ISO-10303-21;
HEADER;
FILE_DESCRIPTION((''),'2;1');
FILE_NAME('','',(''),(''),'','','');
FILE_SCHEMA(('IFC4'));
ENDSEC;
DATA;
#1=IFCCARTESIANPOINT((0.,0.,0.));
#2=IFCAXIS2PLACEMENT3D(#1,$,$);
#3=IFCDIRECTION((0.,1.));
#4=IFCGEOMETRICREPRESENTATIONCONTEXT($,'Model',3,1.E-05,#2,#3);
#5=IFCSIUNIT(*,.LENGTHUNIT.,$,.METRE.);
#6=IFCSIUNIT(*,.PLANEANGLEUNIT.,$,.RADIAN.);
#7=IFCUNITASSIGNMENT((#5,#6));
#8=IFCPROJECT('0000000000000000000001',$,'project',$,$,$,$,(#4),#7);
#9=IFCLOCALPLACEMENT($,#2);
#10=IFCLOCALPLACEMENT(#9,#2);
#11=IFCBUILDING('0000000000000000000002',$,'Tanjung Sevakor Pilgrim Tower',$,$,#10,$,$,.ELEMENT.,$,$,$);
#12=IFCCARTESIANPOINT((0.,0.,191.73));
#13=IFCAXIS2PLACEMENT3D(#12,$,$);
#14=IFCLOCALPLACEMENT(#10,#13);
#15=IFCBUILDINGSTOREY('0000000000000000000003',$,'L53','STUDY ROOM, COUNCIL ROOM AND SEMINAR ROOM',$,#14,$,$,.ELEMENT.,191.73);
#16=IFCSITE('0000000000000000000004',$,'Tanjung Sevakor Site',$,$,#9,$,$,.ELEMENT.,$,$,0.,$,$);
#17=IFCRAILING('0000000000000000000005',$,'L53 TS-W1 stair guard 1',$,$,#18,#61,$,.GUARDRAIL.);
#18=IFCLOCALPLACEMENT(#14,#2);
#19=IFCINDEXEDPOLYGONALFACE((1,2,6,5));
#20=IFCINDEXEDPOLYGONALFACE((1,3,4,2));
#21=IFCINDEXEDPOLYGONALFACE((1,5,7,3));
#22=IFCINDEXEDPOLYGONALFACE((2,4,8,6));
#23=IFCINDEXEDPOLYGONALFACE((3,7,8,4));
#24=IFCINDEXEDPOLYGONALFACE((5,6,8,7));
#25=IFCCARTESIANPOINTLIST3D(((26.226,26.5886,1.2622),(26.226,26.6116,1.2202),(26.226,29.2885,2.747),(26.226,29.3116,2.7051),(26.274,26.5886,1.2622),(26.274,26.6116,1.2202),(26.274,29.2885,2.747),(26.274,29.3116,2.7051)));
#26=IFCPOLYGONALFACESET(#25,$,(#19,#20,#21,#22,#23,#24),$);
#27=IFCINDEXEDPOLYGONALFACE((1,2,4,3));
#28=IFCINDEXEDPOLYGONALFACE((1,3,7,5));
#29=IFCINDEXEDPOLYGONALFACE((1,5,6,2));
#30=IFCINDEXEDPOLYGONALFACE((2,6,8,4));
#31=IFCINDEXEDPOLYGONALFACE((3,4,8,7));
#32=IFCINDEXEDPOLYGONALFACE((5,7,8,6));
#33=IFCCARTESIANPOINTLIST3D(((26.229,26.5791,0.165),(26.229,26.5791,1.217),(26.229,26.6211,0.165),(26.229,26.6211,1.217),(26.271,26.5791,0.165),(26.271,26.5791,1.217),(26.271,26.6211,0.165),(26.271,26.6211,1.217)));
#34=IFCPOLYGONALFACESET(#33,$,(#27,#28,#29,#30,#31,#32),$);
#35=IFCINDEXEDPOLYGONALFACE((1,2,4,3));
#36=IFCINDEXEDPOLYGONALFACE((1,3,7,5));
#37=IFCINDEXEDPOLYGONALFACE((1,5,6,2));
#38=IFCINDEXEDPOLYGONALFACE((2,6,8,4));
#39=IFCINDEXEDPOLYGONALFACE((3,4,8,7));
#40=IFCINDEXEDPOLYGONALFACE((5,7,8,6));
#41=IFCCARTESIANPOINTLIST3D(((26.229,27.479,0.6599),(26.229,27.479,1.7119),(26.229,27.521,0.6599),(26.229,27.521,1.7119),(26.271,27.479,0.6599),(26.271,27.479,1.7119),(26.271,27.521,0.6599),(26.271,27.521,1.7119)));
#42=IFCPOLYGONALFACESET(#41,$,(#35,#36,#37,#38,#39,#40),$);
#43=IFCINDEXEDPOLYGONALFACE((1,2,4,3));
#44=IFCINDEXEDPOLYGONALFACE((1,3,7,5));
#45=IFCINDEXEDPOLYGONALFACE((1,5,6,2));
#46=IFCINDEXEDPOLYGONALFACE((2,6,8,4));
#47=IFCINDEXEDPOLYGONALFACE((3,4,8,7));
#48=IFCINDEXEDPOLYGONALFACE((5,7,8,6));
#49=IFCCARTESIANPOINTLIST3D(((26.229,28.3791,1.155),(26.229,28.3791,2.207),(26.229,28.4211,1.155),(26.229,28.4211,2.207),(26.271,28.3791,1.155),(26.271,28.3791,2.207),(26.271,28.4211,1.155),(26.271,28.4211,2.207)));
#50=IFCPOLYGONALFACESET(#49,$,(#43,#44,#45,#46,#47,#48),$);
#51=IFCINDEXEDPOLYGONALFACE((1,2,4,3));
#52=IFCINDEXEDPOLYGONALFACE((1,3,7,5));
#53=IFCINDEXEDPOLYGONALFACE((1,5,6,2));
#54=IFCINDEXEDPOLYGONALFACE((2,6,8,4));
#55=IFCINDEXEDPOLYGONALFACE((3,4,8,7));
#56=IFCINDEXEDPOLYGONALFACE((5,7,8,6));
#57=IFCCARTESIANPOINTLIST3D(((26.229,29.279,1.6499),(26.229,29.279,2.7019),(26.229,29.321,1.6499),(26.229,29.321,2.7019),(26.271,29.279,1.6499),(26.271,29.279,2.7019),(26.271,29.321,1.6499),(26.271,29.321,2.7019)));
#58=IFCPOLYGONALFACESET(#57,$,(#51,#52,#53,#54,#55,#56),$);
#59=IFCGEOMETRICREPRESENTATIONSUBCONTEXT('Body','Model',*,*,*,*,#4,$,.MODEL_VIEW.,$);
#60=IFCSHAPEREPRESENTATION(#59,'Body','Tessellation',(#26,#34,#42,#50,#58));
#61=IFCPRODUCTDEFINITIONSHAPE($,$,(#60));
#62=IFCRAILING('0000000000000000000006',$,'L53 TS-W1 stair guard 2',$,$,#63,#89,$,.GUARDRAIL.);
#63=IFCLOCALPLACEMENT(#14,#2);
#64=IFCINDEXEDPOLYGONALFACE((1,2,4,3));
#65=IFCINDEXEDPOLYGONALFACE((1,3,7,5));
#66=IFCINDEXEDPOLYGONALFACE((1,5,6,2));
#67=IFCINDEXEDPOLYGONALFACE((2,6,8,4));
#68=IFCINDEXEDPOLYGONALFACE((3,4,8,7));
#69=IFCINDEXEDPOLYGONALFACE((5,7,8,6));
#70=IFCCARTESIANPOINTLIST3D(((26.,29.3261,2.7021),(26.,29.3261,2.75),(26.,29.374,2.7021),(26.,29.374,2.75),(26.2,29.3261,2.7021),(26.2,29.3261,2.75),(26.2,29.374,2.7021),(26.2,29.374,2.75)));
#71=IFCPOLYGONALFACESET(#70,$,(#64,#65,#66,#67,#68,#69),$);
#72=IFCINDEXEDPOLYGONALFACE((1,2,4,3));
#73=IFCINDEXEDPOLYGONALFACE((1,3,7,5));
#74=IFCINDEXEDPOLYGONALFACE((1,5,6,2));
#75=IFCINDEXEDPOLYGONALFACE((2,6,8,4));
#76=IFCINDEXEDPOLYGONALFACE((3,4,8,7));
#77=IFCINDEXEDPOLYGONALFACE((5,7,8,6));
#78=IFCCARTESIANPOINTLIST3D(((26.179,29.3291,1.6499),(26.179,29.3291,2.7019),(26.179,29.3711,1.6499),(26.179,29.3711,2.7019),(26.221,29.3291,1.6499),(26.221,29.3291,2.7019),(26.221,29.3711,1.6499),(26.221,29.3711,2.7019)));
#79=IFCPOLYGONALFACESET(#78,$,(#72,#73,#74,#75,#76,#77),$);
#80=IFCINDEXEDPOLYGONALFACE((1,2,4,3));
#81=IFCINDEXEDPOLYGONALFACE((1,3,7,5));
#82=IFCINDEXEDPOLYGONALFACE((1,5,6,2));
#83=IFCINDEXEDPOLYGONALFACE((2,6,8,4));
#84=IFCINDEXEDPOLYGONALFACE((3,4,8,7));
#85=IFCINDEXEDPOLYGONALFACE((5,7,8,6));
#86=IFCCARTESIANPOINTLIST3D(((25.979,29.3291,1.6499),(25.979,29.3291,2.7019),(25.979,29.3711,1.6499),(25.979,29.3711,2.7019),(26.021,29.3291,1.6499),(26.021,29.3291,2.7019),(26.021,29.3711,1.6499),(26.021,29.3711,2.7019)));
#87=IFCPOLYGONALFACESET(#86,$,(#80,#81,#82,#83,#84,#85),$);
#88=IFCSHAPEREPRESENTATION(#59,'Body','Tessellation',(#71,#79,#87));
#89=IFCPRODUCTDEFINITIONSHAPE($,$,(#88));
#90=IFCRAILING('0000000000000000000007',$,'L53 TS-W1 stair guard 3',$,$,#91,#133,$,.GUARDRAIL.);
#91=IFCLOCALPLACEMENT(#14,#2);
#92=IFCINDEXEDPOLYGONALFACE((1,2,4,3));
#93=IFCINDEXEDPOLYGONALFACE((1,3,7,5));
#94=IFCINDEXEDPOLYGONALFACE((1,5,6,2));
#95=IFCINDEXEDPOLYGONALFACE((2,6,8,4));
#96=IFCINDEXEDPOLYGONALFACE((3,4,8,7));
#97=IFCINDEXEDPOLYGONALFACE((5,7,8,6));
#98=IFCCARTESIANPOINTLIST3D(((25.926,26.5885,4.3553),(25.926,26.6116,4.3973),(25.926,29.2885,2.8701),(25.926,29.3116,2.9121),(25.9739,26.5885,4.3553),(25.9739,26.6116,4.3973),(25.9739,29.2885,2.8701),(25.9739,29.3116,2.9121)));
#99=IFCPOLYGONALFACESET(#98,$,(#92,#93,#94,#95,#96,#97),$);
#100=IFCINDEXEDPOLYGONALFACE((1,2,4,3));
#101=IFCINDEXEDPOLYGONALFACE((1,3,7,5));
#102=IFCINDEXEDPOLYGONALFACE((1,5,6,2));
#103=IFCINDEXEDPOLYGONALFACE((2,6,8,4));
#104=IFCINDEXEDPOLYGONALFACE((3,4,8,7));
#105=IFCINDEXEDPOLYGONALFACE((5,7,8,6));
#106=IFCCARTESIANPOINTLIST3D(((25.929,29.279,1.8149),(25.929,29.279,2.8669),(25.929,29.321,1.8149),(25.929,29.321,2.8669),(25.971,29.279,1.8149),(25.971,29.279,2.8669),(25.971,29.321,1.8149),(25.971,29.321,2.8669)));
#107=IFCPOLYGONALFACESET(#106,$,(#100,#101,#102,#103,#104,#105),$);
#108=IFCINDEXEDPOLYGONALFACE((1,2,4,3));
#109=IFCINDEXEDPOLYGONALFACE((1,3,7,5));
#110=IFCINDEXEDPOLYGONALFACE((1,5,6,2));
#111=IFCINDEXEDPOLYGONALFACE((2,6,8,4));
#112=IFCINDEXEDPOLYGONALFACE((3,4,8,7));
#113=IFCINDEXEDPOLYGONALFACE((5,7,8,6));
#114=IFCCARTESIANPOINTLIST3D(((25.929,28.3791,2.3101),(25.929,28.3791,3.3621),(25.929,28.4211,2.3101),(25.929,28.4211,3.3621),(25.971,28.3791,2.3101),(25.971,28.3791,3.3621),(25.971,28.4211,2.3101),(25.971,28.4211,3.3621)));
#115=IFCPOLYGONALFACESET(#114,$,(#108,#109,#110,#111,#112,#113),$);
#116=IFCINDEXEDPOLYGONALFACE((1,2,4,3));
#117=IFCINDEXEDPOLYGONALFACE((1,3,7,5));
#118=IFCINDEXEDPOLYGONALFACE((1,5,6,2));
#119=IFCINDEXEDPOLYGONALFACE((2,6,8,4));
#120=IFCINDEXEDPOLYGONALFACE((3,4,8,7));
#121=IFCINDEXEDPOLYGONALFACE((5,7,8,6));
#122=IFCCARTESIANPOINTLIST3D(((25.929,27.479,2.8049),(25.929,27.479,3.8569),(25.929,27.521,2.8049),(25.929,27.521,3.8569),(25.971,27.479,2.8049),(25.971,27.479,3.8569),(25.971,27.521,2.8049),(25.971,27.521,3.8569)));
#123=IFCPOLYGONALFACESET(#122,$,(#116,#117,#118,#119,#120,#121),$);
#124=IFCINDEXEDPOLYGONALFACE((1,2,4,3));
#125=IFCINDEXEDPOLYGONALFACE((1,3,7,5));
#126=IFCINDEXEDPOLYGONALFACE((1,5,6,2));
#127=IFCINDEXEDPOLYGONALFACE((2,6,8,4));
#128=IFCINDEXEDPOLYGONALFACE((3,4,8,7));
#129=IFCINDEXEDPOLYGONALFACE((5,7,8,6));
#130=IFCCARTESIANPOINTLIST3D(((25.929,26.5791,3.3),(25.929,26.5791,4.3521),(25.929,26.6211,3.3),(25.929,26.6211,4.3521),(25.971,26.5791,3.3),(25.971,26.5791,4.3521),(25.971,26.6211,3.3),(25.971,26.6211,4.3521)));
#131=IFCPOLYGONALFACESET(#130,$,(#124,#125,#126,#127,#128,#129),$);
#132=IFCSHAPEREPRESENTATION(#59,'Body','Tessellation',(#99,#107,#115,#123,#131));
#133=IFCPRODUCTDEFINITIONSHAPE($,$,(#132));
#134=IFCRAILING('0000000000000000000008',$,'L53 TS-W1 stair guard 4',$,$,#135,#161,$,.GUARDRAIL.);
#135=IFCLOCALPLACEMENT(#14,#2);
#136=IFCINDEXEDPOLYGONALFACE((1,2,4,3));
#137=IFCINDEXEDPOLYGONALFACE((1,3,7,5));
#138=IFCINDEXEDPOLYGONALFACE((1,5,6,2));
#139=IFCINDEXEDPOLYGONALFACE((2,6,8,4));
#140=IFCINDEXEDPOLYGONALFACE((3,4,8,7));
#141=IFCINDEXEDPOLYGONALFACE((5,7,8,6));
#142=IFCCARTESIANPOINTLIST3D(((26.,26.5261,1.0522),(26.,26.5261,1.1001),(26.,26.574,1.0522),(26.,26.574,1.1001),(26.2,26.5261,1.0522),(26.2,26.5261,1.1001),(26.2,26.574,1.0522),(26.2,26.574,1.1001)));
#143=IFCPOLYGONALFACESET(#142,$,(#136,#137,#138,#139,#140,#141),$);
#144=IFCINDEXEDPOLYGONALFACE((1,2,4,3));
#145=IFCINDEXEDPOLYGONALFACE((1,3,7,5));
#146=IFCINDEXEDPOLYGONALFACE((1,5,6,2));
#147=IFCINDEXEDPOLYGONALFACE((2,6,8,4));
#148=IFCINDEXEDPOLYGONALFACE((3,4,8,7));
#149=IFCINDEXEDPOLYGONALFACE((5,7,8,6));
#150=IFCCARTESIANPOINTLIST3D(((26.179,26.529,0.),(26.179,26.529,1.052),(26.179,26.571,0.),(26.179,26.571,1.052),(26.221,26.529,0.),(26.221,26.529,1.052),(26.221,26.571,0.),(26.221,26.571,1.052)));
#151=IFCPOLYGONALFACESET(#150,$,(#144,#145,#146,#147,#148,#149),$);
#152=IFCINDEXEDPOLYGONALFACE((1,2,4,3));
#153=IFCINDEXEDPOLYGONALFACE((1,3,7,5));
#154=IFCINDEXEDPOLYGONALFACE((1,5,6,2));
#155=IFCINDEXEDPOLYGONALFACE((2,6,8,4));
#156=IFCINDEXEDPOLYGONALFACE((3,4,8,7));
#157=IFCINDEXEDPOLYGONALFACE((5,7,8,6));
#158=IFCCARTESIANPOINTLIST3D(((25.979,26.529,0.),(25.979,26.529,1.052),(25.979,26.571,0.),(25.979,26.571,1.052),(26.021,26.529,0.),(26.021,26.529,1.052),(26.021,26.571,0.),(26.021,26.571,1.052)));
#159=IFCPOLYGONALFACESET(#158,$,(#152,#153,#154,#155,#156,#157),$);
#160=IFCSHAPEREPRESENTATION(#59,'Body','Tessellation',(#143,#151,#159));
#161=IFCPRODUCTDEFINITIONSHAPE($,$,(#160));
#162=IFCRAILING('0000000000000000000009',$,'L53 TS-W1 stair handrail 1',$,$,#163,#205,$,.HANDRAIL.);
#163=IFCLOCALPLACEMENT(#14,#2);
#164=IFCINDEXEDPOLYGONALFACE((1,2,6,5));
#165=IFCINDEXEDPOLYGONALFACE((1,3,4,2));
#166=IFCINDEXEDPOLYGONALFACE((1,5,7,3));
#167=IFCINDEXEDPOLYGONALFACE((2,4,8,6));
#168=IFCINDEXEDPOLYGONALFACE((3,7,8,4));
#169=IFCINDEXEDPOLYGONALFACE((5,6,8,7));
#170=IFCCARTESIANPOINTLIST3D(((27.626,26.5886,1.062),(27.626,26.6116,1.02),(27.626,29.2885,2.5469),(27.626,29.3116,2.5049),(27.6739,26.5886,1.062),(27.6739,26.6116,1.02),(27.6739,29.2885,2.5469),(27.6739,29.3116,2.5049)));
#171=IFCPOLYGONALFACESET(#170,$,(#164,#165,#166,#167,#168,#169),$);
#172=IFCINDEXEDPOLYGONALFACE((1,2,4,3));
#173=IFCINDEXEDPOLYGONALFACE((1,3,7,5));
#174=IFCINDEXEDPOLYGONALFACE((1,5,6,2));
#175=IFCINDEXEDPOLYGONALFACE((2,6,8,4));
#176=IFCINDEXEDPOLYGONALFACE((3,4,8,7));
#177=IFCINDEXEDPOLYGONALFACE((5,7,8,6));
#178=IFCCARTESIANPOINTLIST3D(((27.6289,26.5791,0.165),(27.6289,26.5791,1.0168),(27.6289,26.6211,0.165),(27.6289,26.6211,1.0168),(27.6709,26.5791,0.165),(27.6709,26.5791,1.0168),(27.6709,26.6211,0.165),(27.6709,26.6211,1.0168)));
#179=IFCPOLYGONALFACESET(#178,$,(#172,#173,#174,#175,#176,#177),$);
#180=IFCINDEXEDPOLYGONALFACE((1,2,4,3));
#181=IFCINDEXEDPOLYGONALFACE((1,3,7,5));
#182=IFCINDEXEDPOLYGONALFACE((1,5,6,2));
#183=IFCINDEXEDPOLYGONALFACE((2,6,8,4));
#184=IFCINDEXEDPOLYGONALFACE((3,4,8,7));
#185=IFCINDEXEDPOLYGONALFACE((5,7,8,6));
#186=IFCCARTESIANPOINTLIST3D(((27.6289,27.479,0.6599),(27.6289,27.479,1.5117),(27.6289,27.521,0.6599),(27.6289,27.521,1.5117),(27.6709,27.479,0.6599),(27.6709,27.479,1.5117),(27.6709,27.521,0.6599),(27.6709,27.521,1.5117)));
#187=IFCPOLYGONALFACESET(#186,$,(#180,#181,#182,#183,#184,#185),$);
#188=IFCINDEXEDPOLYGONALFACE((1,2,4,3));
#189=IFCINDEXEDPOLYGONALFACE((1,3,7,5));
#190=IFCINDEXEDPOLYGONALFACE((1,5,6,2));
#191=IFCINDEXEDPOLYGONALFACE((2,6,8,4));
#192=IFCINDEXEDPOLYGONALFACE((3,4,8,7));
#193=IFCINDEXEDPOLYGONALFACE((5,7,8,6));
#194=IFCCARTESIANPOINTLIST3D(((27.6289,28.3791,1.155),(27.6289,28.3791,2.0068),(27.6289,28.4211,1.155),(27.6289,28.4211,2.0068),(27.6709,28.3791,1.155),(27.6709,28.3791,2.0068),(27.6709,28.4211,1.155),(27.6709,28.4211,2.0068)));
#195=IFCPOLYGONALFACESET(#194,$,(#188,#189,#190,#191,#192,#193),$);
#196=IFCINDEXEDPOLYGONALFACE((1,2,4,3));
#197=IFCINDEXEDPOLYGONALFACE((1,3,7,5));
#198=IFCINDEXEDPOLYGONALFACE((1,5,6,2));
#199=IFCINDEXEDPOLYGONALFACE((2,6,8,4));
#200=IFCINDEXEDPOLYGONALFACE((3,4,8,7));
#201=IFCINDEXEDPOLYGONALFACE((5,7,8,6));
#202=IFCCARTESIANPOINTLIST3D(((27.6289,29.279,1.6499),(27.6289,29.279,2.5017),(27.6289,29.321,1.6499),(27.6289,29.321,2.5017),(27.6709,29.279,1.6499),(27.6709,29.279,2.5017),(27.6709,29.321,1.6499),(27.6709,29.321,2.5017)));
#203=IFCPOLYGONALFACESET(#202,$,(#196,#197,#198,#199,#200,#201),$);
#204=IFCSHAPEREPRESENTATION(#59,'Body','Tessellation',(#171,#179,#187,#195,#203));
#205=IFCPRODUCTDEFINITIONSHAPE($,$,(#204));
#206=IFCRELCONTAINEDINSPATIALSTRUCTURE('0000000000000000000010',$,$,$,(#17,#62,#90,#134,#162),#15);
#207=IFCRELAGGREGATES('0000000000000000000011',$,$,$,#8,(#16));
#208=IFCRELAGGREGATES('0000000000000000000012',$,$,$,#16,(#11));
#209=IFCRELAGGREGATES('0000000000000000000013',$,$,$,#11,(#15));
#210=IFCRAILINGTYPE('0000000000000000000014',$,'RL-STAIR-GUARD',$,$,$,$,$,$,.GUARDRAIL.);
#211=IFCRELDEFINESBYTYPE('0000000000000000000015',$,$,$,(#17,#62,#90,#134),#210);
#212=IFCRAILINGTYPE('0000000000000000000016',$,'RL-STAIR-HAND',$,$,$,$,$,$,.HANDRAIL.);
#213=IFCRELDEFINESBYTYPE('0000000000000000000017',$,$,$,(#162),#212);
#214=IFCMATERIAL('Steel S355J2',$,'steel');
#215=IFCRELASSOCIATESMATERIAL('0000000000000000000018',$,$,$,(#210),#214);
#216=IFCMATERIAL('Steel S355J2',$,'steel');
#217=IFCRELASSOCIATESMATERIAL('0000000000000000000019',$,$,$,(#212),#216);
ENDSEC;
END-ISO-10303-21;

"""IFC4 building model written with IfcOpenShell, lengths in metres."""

from ifc_helpers import new_model, si_unit, direction, frame, origin, place, context, subcontext, project, spatial, rectangle, extrude, material, type_object, element, save


model = new_model("IFC4")

# Units and contexts
model_context = context("Model", 3, precision=1e-05, world=origin(), true_north=direction((0.0, 1.0)))
body_context = subcontext(model_context, "Body", "Model", "MODEL_VIEW")
ifc_project = project(units=[si_unit("LENGTHUNIT", "METRE"), si_unit("PLANEANGLEUNIT", "RADIAN")], contexts=[model_context])

# Site, building, storey
site_placement = place(None, origin())
site = spatial("IfcSite", under=ifc_project, at=site_placement, Name="Tanjung Sevakor Site", CompositionType="ELEMENT", RefElevation=0.0)
building_placement = place(site_placement, origin())
building = spatial("IfcBuilding", under=site, at=building_placement, Name="Tanjung Sevakor Pilgrim Tower", CompositionType="ELEMENT")
storey_placement = place(building_placement, frame((0.0, 0.0, 191.73)))
storey = spatial("IfcBuildingStorey", under=building, at=storey_placement, Name="L53", Description="STUDY ROOM, COUNCIL ROOM AND SEMINAR ROOM", CompositionType="ELEMENT", Elevation=191.73)

# Railings
ifc_material_1 = material(Name="Steel S355J2", Category="steel")
railing_type_1 = type_object("IfcRailingType", Name="RL-STAIR-GUARD", PredefinedType="GUARDRAIL", material=ifc_material_1)
railing_1_placement = place(storey_placement, frame((26.25, 26.6001, 0.165)))
element("IfcRailing", 1, at=railing_1_placement, inside=storey, type_object=railing_type_1, Name="L53 TS-W1 stair guard 1", PredefinedType="GUARDRAIL", context=body_context, shape_type="SweptSolid", body=[
    extrude(rectangle(XDim=0.0479, YDim=0.0479), frame((0.0, 0.0, 1.0762), z_axis=(0.0, 0.876231, 0.481891), x_axis=(-1.0, 0.0, 0.0)), (0.0, 0.0, 1.0), 3.0813),
    extrude(rectangle(XDim=0.042, YDim=0.042), origin(), (0.0, 0.0, 1.0), 1.052),
    extrude(rectangle(XDim=0.042, YDim=0.042), frame((0.0, 0.8999, 0.4949)), (0.0, 0.0, 1.0), 1.052),
    extrude(rectangle(XDim=0.042, YDim=0.042), frame((0.0, 1.8, 0.99)), (0.0, 0.0, 1.0), 1.052),
    extrude(rectangle(XDim=0.042, YDim=0.042), frame((0.0, 2.7, 1.4849)), (0.0, 0.0, 1.0), 1.052),
])
railing_2_placement = place(storey_placement, frame((26.2, 29.3501, 1.6499)))
element("IfcRailing", 2, at=railing_2_placement, inside=storey, type_object=railing_type_1, Name="L53 TS-W1 stair guard 2", PredefinedType="GUARDRAIL", context=body_context, shape_type="SweptSolid", body=[
    extrude(rectangle(XDim=0.0479, YDim=0.0479), frame((0.0, 0.0, 1.0762), z_axis=(-1.0, 0.0, 0.0), x_axis=(0.0, -1.0, 0.0)), (0.0, 0.0, 1.0), 0.2),
    extrude(rectangle(XDim=0.042, YDim=0.042), origin(), (0.0, 0.0, 1.0), 1.052),
    extrude(rectangle(XDim=0.042, YDim=0.042), frame((-0.2, 0.0, 0.0)), (0.0, 0.0, 1.0), 1.052),
])
railing_3_placement = place(storey_placement, frame((25.95, 29.3, 1.8149)))
element("IfcRailing", 3, at=railing_3_placement, inside=storey, type_object=railing_type_1, Name="L53 TS-W1 stair guard 3", PredefinedType="GUARDRAIL", context=body_context, shape_type="SweptSolid", body=[
    extrude(rectangle(XDim=0.0479, YDim=0.0479), frame((0.0, 0.0, 1.0762), z_axis=(0.0, -0.876198, 0.481952), x_axis=(1.0, 0.0, 0.0)), (0.0, 0.0, 1.0), 3.0815),
    extrude(rectangle(XDim=0.042, YDim=0.042), origin(), (0.0, 0.0, 1.0), 1.052),
    extrude(rectangle(XDim=0.042, YDim=0.042), frame((0.0, -0.8999, 0.4951)), (0.0, 0.0, 1.0), 1.052),
    extrude(rectangle(XDim=0.042, YDim=0.042), frame((0.0, -1.8, 0.99)), (0.0, 0.0, 1.0), 1.052),
    extrude(rectangle(XDim=0.042, YDim=0.042), frame((0.0, -2.7, 1.4851)), (0.0, 0.0, 1.0), 1.052),
])
railing_4_placement = place(storey_placement, frame((26.2, 26.55, 0.0)))
element("IfcRailing", 4, at=railing_4_placement, inside=storey, type_object=railing_type_1, Name="L53 TS-W1 stair guard 4", PredefinedType="GUARDRAIL", context=body_context, shape_type="SweptSolid", body=[
    extrude(rectangle(XDim=0.0479, YDim=0.0479), frame((0.0, 0.0, 1.0762), z_axis=(-1.0, 0.0, 0.0), x_axis=(0.0, -1.0, 0.0)), (0.0, 0.0, 1.0), 0.2),
    extrude(rectangle(XDim=0.042, YDim=0.042), origin(), (0.0, 0.0, 1.0), 1.052),
    extrude(rectangle(XDim=0.042, YDim=0.042), frame((-0.2, 0.0, 0.0)), (0.0, 0.0, 1.0), 1.052),
])
ifc_material_2 = material(Name="Steel S355J2", Category="steel")
railing_type_2 = type_object("IfcRailingType", Name="RL-STAIR-HAND", PredefinedType="HANDRAIL", material=ifc_material_2)
railing_5_placement = place(storey_placement, frame((27.6499, 26.6001, 0.165)))
element("IfcRailing", 5, at=railing_5_placement, inside=storey, type_object=railing_type_2, Name="L53 TS-W1 stair handrail 1", PredefinedType="HANDRAIL", context=body_context, shape_type="SweptSolid", body=[
    extrude(rectangle(XDim=0.0479, YDim=0.0479), frame((0.0, 0.0, 0.876), z_axis=(0.0, 0.876231, 0.481891), x_axis=(-1.0, 0.0, 0.0)), (0.0, 0.0, 1.0), 3.0813),
    extrude(rectangle(XDim=0.042, YDim=0.042), origin(), (0.0, 0.0, 1.0), 0.8518),
    extrude(rectangle(XDim=0.042, YDim=0.042), frame((0.0, 0.8999, 0.4949)), (0.0, 0.0, 1.0), 0.8518),
    extrude(rectangle(XDim=0.042, YDim=0.042), frame((0.0, 1.8, 0.99)), (0.0, 0.0, 1.0), 0.8518),
    extrude(rectangle(XDim=0.042, YDim=0.042), frame((0.0, 2.7, 1.4849)), (0.0, 0.0, 1.0), 0.8518),
])

save(model, "model.ifc")
